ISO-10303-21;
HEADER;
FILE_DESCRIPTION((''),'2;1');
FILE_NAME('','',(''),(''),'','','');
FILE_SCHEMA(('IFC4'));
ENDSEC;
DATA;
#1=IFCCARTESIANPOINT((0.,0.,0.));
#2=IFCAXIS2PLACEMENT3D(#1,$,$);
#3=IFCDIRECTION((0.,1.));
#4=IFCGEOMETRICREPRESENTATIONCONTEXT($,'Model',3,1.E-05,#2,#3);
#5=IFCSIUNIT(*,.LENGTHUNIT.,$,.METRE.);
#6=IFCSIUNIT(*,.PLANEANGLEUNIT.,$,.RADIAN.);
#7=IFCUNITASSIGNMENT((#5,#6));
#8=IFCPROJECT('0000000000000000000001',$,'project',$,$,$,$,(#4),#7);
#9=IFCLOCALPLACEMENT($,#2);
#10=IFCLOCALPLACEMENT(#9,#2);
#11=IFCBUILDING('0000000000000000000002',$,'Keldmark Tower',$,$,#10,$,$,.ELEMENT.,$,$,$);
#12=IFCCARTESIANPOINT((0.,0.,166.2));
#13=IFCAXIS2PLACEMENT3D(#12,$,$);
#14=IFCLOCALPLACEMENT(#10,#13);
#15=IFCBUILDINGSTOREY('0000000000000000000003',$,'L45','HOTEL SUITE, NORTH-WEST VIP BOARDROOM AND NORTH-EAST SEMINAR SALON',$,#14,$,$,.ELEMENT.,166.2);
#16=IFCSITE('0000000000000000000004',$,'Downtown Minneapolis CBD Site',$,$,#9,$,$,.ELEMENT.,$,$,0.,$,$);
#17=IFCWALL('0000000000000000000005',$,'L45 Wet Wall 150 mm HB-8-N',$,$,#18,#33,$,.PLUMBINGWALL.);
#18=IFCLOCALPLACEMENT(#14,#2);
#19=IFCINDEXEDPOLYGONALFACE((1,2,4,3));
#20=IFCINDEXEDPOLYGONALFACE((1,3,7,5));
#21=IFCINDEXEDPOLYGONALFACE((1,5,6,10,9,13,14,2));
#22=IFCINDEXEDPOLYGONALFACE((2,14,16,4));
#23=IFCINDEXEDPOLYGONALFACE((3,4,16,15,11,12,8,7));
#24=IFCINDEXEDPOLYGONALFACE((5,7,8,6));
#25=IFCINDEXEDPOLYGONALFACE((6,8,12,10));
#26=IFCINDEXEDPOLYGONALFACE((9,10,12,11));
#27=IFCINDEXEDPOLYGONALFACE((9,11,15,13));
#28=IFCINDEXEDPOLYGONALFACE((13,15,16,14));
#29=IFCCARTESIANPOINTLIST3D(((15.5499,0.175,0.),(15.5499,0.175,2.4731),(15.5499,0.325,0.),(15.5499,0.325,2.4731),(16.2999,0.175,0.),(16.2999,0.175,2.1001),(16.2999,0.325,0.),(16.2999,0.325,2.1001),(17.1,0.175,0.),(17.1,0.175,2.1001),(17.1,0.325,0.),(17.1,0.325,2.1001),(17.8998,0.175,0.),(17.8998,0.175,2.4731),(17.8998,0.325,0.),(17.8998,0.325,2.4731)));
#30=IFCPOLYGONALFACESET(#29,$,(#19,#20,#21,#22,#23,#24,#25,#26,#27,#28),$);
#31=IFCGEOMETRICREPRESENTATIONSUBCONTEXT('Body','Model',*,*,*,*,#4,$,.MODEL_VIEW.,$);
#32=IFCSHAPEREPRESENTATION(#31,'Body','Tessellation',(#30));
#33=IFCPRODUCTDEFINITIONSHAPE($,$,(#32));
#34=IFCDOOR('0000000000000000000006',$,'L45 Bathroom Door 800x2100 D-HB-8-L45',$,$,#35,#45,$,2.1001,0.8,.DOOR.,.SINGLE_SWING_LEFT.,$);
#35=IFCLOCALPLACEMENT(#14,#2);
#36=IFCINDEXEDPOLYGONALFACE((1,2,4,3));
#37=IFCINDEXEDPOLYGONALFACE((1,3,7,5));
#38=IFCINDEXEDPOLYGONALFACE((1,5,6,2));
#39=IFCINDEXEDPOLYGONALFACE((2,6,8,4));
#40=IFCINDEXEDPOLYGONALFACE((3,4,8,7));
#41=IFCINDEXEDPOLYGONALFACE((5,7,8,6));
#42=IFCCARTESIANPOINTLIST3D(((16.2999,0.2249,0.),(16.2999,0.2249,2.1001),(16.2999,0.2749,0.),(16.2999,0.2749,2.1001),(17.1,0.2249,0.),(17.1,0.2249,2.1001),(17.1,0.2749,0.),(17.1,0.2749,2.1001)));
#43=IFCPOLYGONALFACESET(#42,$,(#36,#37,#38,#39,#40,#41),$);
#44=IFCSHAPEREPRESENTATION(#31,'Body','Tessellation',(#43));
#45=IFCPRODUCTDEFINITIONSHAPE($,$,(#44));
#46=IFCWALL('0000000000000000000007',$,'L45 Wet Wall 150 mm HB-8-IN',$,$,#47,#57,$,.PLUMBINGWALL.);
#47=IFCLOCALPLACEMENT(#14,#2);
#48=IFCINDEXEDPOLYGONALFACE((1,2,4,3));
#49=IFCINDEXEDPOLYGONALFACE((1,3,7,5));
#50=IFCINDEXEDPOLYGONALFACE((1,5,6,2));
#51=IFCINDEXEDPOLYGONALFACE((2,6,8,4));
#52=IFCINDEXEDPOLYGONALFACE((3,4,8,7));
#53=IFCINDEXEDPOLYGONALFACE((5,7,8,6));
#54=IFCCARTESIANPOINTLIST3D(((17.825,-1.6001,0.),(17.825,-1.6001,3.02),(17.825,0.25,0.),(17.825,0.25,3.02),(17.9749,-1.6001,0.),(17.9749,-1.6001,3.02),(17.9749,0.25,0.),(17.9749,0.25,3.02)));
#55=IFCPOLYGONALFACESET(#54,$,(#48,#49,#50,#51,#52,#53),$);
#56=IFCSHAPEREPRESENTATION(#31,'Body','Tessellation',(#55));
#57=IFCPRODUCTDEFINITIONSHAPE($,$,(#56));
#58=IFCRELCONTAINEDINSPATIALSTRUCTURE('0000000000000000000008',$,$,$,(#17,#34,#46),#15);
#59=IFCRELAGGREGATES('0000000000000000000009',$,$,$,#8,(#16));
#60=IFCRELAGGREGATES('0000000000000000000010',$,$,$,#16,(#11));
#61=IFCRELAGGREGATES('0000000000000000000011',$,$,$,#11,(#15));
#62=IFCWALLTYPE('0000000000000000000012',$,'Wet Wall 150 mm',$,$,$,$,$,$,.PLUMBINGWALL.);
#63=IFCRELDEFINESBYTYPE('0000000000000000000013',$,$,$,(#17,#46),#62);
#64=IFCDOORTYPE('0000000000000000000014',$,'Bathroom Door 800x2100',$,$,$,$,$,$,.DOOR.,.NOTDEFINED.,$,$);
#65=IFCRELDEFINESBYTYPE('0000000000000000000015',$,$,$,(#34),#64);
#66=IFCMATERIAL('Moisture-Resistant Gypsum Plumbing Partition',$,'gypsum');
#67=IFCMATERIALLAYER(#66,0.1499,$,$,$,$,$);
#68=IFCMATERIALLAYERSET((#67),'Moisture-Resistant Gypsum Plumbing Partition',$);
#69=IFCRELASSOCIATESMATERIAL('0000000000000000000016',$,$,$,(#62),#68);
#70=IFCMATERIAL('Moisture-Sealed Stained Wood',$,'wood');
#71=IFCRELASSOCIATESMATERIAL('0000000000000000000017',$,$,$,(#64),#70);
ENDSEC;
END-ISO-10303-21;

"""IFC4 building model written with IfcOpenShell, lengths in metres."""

from ifc_helpers import new_model, si_unit, direction, frame, frame_2d, origin, place, context, subcontext, project, spatial, rectangle, extrude, material, layer, layer_set, type_object, element, fill, save


model = new_model("IFC4")

# Units and contexts
model_context = context("Model", 3, precision=1e-05, world=origin(), true_north=direction((0.0, 1.0)))
body_context = subcontext(model_context, "Body", "Model", "MODEL_VIEW")
ifc_project = project(units=[si_unit("LENGTHUNIT", "METRE"), si_unit("PLANEANGLEUNIT", "RADIAN")], contexts=[model_context])

# Site, building, storey
site_placement = place(None, origin())
site = spatial("IfcSite", under=ifc_project, at=site_placement, Name="Downtown Minneapolis CBD Site", CompositionType="ELEMENT", RefElevation=0.0)
building_placement = place(site_placement, origin())
building = spatial("IfcBuilding", under=site, at=building_placement, Name="Keldmark Tower", CompositionType="ELEMENT")
storey_placement = place(building_placement, frame((0.0, 0.0, 166.2)))
storey = spatial("IfcBuildingStorey", under=building, at=storey_placement, Name="L45", Description="HOTEL SUITE, NORTH-WEST VIP BOARDROOM AND NORTH-EAST SEMINAR SALON", CompositionType="ELEMENT", Elevation=166.2)

# Shared definitions
ifc_material_1 = material(Name="Moisture-Resistant Gypsum Plumbing Partition", Category="gypsum")
ifc_layer_1 = layer(ifc_material_1, 0.1499)
ifc_layer_set_1 = layer_set([ifc_layer_1], Name="Moisture-Resistant Gypsum Plumbing Partition")
wall_type_1 = type_object("IfcWallType", Name="Wet Wall 150 mm", PredefinedType="PLUMBINGWALL", material=ifc_layer_set_1)

# Wall, opening, door
wall_1_placement = place(storey_placement, frame((15.55, 0.25, 0.0), z_axis=(0.0, 0.0, 1.0), x_axis=(1.0, 0.0, 0.0)))
wall_1 = element("IfcWall", 1, at=wall_1_placement, inside=storey, type_object=wall_type_1, Name="L45 Wet Wall 150 mm HB-8-N", PredefinedType="PLUMBINGWALL", context=body_context, shape_type="SweptSolid", body=[
    extrude(rectangle(XDim=2.3499, YDim=0.1499, at=frame_2d((1.1748, 0.0))), origin(), (0.0, 0.0, 1.0), 2.4731),
])
opening_1_placement = place(wall_1_placement, frame((0.75, 0.0, 0.0)))
opening_1 = element("IfcOpeningElement", 2, at=opening_1_placement, cuts=wall_1, PredefinedType="OPENING", context=body_context, shape_type="SweptSolid", body=[
    extrude(rectangle(XDim=0.8, YDim=2.1001, at=frame_2d((0.3999, 1.05))), frame((0.0, 0.085, 0.0), z_axis=(0.0, -1.0, 0.0), x_axis=(1.0, 0.0, 0.0)), (0.0, 0.0, 1.0), 0.1699),
])
ifc_material_2 = material(Name="Moisture-Sealed Stained Wood", Category="wood")
door_type_1 = type_object("IfcDoorType", Name="Bathroom Door 800x2100", OperationType="NOTDEFINED", PredefinedType="DOOR", material=ifc_material_2)
door_1_placement = place(opening_1_placement, origin())
door_1 = element("IfcDoor", 3, at=door_1_placement, inside=storey, type_object=door_type_1, Name="L45 Bathroom Door 800x2100 D-HB-8-L45", OperationType="SINGLE_SWING_LEFT", OverallHeight=2.1001, OverallWidth=0.8, PredefinedType="DOOR", context=body_context, shape_type="SweptSolid", body=[
    extrude(rectangle(XDim=0.8, YDim=2.1001, at=frame_2d((0.3999, 1.05))), frame((0.0, 0.0249, 0.0), z_axis=(0.0, -1.0, 0.0), x_axis=(1.0, 0.0, 0.0)), (0.0, 0.0, 1.0), 0.05),
])
fill(opening_1, door_1)

# Wall
wall_2_placement = place(storey_placement, frame((17.8999, -1.6001, 0.0), z_axis=(0.0, 0.0, 1.0), x_axis=(0.0, 1.0, 0.0)))
element("IfcWall", 4, at=wall_2_placement, inside=storey, type_object=wall_type_1, Name="L45 Wet Wall 150 mm HB-8-IN", PredefinedType="PLUMBINGWALL", context=body_context, shape_type="SweptSolid", body=[
    extrude(rectangle(XDim=1.8501, YDim=0.1499, at=frame_2d((0.925, 0.0))), origin(), (0.0, 0.0, 1.0), 3.02),
])

save(model, "model.ifc")
